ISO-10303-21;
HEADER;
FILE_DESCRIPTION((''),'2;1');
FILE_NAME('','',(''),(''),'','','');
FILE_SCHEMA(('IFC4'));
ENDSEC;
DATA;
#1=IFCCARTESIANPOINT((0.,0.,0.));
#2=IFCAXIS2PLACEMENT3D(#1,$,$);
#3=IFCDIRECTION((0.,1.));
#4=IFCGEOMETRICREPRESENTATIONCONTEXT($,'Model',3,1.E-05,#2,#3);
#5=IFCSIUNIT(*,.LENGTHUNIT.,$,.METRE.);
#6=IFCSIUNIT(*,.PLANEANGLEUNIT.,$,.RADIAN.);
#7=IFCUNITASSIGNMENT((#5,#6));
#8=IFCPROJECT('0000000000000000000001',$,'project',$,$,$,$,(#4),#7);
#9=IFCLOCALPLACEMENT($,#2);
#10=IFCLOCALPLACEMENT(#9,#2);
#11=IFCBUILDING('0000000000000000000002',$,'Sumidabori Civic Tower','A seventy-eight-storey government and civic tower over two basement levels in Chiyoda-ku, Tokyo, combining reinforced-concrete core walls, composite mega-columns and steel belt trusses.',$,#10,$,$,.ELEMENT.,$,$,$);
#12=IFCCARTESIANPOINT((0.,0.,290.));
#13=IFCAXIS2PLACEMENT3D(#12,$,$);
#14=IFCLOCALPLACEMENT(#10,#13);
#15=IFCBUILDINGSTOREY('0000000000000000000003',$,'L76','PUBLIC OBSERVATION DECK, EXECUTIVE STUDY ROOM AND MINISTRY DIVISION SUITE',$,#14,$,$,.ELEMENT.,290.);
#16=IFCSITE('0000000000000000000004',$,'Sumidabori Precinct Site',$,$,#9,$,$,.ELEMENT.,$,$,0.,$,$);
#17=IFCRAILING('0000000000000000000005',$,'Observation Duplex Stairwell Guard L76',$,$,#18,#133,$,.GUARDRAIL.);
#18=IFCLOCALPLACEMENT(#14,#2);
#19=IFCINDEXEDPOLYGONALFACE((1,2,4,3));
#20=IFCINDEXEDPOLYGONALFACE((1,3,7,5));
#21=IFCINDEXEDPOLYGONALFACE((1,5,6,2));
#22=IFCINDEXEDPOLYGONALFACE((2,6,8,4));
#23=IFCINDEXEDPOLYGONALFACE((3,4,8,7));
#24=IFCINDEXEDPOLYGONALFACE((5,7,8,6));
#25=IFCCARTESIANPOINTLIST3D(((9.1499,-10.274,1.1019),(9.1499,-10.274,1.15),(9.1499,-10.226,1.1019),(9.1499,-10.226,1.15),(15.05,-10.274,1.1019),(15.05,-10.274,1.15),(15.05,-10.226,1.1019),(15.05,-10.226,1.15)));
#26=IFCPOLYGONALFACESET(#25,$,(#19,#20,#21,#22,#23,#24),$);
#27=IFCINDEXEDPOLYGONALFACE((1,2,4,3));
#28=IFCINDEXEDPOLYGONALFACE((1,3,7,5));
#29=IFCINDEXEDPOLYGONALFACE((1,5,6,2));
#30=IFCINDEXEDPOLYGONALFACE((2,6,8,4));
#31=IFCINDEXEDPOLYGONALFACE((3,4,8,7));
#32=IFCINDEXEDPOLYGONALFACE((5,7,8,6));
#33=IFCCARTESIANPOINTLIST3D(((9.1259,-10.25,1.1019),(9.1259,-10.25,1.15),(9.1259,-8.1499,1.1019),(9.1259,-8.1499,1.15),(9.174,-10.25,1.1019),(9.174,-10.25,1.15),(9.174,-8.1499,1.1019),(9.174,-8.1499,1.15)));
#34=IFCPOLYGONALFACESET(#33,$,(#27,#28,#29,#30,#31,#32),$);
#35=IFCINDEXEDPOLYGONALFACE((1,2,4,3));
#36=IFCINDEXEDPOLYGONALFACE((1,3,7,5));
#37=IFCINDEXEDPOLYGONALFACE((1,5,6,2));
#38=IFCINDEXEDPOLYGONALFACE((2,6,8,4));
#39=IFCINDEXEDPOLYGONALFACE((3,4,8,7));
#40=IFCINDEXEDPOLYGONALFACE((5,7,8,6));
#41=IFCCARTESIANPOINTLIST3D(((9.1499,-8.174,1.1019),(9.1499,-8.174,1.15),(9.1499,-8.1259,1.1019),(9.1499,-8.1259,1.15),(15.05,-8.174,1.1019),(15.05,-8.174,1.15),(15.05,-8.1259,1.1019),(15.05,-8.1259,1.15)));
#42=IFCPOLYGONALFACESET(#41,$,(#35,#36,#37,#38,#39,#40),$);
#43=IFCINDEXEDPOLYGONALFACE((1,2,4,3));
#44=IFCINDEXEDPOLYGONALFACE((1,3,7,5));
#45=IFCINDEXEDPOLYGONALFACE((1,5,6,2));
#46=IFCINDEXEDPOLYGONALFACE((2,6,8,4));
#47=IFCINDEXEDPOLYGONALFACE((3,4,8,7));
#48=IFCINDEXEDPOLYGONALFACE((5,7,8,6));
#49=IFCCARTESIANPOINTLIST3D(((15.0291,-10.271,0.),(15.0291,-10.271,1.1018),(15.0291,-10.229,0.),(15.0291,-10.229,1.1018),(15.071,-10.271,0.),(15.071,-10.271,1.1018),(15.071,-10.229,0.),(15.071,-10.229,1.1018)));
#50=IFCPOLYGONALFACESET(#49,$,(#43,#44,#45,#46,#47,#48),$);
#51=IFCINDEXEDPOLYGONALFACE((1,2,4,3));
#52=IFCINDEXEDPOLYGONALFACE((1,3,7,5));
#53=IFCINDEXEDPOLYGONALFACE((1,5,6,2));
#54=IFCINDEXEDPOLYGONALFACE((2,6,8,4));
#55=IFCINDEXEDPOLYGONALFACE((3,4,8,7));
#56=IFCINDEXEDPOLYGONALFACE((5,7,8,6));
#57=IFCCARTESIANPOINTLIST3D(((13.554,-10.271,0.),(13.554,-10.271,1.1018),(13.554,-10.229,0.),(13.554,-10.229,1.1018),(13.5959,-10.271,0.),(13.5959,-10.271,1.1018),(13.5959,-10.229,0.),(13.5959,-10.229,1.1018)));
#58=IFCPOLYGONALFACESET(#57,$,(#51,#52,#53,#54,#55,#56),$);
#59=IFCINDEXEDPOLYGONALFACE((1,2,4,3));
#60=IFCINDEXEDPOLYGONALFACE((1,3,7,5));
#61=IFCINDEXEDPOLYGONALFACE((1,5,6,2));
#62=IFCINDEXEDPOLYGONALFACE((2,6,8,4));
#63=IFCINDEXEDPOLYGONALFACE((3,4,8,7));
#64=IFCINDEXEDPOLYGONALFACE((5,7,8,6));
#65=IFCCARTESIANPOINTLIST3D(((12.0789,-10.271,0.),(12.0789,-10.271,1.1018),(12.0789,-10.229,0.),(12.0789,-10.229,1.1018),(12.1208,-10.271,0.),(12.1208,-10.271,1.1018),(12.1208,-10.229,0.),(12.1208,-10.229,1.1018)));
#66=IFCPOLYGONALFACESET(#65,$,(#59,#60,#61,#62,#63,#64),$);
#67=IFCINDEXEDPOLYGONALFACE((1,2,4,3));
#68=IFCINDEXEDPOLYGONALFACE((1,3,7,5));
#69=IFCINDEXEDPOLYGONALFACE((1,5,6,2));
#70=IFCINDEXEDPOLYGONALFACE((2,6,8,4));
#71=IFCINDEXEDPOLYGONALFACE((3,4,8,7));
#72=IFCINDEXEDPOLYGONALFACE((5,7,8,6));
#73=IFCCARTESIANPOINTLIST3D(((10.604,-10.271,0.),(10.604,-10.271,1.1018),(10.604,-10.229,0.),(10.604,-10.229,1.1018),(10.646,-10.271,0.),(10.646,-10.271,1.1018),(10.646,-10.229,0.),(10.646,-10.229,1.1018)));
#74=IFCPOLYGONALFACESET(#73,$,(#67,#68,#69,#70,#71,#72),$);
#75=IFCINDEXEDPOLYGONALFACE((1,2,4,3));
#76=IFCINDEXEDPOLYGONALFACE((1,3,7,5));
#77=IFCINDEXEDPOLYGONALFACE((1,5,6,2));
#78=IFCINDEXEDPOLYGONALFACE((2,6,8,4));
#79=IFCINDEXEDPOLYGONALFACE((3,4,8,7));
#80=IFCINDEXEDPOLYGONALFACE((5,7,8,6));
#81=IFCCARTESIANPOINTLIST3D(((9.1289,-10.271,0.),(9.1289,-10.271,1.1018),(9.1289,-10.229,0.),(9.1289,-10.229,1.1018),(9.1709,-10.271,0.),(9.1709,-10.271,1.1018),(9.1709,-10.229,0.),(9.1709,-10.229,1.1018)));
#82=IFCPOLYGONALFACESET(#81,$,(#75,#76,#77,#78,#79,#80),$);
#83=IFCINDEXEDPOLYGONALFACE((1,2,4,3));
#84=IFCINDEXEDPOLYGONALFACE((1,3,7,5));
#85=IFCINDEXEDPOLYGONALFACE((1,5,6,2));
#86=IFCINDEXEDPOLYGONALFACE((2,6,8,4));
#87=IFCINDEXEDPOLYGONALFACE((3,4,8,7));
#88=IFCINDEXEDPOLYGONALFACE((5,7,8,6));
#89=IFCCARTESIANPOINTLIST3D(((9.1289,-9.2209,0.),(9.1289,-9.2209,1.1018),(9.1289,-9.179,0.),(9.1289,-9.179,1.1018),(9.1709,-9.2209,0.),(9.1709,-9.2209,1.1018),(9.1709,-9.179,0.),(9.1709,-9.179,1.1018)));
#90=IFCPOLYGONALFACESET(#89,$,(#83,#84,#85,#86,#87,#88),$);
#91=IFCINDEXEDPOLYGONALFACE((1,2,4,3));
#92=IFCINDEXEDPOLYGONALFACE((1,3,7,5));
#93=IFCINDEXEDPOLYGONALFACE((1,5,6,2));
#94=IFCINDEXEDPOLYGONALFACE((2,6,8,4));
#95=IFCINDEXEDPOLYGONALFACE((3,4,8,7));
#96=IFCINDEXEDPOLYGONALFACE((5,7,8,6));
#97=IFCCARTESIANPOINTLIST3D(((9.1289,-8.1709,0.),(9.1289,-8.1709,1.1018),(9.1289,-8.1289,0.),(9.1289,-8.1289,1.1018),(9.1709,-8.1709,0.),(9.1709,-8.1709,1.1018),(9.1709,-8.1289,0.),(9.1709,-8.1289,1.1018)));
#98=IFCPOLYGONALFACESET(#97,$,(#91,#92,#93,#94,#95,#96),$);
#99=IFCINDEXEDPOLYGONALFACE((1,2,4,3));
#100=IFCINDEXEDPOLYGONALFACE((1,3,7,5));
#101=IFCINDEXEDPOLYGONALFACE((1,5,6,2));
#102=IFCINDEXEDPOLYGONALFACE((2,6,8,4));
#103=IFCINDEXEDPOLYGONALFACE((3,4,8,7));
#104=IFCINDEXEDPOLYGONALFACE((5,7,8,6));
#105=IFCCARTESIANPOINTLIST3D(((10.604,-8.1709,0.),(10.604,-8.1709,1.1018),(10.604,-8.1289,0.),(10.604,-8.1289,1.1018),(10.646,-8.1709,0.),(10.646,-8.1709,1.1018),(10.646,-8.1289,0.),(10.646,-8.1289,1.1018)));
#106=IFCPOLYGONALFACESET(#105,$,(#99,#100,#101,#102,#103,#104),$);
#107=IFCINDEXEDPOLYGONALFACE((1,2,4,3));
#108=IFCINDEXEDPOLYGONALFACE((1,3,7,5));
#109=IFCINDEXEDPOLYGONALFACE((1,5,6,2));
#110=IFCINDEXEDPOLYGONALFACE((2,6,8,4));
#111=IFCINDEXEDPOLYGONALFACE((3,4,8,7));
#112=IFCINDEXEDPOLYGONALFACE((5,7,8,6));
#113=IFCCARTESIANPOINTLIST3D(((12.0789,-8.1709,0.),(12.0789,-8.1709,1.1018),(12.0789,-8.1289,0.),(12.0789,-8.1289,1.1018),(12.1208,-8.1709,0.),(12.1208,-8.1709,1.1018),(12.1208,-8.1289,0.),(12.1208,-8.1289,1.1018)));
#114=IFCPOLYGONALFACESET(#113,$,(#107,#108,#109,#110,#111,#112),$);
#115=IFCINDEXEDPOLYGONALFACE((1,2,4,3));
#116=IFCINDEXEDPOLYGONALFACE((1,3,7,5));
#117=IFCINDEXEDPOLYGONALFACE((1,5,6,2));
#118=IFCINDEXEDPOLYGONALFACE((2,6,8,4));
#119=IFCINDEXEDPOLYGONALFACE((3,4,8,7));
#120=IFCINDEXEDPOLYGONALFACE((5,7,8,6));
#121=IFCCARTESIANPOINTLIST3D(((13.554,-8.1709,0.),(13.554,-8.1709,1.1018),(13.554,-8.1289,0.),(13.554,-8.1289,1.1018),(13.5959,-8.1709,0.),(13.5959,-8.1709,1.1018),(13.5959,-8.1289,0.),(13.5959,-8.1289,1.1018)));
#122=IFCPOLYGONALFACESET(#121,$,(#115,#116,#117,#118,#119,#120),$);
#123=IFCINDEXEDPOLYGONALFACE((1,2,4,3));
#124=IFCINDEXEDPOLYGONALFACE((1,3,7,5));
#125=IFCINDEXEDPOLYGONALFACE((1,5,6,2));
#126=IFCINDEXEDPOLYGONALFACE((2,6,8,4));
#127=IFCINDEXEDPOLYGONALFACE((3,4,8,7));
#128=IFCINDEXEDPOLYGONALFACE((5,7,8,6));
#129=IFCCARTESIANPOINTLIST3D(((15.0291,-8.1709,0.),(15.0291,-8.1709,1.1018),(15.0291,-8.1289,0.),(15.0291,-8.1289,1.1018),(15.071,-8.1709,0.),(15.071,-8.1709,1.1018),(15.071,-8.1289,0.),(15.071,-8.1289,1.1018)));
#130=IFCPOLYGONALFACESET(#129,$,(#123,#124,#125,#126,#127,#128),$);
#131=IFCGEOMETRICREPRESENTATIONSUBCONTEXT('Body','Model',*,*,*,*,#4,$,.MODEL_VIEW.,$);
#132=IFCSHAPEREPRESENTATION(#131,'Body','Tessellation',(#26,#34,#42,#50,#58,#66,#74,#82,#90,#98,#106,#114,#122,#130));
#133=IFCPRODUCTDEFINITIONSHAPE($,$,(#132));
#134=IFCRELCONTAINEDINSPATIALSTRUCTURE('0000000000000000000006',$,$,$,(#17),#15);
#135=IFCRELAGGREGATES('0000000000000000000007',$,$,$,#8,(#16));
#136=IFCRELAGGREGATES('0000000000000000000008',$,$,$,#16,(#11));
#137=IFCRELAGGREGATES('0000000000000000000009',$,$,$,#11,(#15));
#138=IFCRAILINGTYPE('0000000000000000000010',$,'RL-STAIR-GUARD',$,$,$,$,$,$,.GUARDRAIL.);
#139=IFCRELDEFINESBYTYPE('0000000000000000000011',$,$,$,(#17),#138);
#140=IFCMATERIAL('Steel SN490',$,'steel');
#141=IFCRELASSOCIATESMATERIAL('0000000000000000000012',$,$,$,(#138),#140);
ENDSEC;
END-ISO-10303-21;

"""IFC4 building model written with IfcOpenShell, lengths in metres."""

from ifc_helpers import new_model, si_unit, direction, frame, origin, origin_2d, place, context, subcontext, project, spatial, rectangle, extrude, material, type_object, element, save


model = new_model("IFC4")

# Units and contexts
model_context = context("Model", 3, precision=1e-05, world=origin(), true_north=direction((0.0, 1.0)))
body_context = subcontext(model_context, "Body", "Model", "MODEL_VIEW")
ifc_project = project(units=[si_unit("LENGTHUNIT", "METRE"), si_unit("PLANEANGLEUNIT", "RADIAN")], contexts=[model_context])

# Site, building, storey
site_placement = place(None, origin())
site = spatial("IfcSite", under=ifc_project, at=site_placement, Name="Sumidabori Precinct Site", CompositionType="ELEMENT", RefElevation=0.0)
building_placement = place(site_placement, origin())
building = spatial("IfcBuilding", under=site, at=building_placement, Name="Sumidabori Civic Tower", Description="A seventy-eight-storey government and civic tower over two basement levels in Chiyoda-ku, Tokyo, combining reinforced-concrete core walls, composite mega-columns and steel belt trusses.", CompositionType="ELEMENT")
storey_placement = place(building_placement, frame((0.0, 0.0, 290.0)))
storey = spatial("IfcBuildingStorey", under=building, at=storey_placement, Name="L76", Description="PUBLIC OBSERVATION DECK, EXECUTIVE STUDY ROOM AND MINISTRY DIVISION SUITE", CompositionType="ELEMENT", Elevation=290.0)

# Shared definitions
ifc_material_1 = material(Name="Steel SN490", Category="steel")

# Railing
railing_type = type_object("IfcRailingType", Name="RL-STAIR-GUARD", PredefinedType="GUARDRAIL", material=ifc_material_1)
railing_placement = place(storey_placement, frame((15.05, -10.25, 0.0)))
element("IfcRailing", 1, at=railing_placement, inside=storey, type_object=railing_type, Name="Observation Duplex Stairwell Guard L76", PredefinedType="GUARDRAIL", context=body_context, shape_type="SweptSolid", body=[
    extrude(rectangle(XDim=0.0481, YDim=0.0481, at=origin_2d()), frame((0.0, 0.0, 1.126), z_axis=(-1.0, 0.0, 0.0), x_axis=(0.0, -1.0, 0.0)), (0.0, 0.0, 1.0), 5.9001),
    extrude(rectangle(XDim=0.0481, YDim=0.0481, at=origin_2d()), frame((-5.9001, 0.0, 1.126), z_axis=(0.0, 1.0, 0.0), x_axis=(-1.0, 0.0, 0.0)), (0.0, 0.0, 1.0), 2.1001),
    extrude(rectangle(XDim=0.0481, YDim=0.0481, at=origin_2d()), frame((-5.9001, 2.1001, 1.126), z_axis=(1.0, 0.0, 0.0), x_axis=(0.0, 1.0, 0.0)), (0.0, 0.0, 1.0), 5.9001),
    extrude(rectangle(XDim=0.042, YDim=0.042, at=origin_2d()), origin(), (0.0, 0.0, 1.0), 1.1018),
    extrude(rectangle(XDim=0.042, YDim=0.042, at=origin_2d()), frame((-1.4751, 0.0, 0.0)), (0.0, 0.0, 1.0), 1.1018),
    extrude(rectangle(XDim=0.042, YDim=0.042, at=origin_2d()), frame((-2.9502, 0.0, 0.0)), (0.0, 0.0, 1.0), 1.1018),
    extrude(rectangle(XDim=0.042, YDim=0.042, at=origin_2d()), frame((-4.425, 0.0, 0.0)), (0.0, 0.0, 1.0), 1.1018),
    extrude(rectangle(XDim=0.042, YDim=0.042, at=origin_2d()), frame((-5.9001, 0.0, 0.0)), (0.0, 0.0, 1.0), 1.1018),
    extrude(rectangle(XDim=0.042, YDim=0.042, at=origin_2d()), frame((-5.9001, 1.05, 0.0)), (0.0, 0.0, 1.0), 1.1018),
    extrude(rectangle(XDim=0.042, YDim=0.042, at=origin_2d()), frame((-5.9001, 2.1001, 0.0)), (0.0, 0.0, 1.0), 1.1018),
    extrude(rectangle(XDim=0.042, YDim=0.042, at=origin_2d()), frame((-4.425, 2.1001, 0.0)), (0.0, 0.0, 1.0), 1.1018),
    extrude(rectangle(XDim=0.042, YDim=0.042, at=origin_2d()), frame((-2.9502, 2.1001, 0.0)), (0.0, 0.0, 1.0), 1.1018),
    extrude(rectangle(XDim=0.042, YDim=0.042, at=origin_2d()), frame((-1.4751, 2.1001, 0.0)), (0.0, 0.0, 1.0), 1.1018),
    extrude(rectangle(XDim=0.042, YDim=0.042, at=origin_2d()), frame((0.0, 2.1001, 0.0)), (0.0, 0.0, 1.0), 1.1018),
])

save(model, "model.ifc")
